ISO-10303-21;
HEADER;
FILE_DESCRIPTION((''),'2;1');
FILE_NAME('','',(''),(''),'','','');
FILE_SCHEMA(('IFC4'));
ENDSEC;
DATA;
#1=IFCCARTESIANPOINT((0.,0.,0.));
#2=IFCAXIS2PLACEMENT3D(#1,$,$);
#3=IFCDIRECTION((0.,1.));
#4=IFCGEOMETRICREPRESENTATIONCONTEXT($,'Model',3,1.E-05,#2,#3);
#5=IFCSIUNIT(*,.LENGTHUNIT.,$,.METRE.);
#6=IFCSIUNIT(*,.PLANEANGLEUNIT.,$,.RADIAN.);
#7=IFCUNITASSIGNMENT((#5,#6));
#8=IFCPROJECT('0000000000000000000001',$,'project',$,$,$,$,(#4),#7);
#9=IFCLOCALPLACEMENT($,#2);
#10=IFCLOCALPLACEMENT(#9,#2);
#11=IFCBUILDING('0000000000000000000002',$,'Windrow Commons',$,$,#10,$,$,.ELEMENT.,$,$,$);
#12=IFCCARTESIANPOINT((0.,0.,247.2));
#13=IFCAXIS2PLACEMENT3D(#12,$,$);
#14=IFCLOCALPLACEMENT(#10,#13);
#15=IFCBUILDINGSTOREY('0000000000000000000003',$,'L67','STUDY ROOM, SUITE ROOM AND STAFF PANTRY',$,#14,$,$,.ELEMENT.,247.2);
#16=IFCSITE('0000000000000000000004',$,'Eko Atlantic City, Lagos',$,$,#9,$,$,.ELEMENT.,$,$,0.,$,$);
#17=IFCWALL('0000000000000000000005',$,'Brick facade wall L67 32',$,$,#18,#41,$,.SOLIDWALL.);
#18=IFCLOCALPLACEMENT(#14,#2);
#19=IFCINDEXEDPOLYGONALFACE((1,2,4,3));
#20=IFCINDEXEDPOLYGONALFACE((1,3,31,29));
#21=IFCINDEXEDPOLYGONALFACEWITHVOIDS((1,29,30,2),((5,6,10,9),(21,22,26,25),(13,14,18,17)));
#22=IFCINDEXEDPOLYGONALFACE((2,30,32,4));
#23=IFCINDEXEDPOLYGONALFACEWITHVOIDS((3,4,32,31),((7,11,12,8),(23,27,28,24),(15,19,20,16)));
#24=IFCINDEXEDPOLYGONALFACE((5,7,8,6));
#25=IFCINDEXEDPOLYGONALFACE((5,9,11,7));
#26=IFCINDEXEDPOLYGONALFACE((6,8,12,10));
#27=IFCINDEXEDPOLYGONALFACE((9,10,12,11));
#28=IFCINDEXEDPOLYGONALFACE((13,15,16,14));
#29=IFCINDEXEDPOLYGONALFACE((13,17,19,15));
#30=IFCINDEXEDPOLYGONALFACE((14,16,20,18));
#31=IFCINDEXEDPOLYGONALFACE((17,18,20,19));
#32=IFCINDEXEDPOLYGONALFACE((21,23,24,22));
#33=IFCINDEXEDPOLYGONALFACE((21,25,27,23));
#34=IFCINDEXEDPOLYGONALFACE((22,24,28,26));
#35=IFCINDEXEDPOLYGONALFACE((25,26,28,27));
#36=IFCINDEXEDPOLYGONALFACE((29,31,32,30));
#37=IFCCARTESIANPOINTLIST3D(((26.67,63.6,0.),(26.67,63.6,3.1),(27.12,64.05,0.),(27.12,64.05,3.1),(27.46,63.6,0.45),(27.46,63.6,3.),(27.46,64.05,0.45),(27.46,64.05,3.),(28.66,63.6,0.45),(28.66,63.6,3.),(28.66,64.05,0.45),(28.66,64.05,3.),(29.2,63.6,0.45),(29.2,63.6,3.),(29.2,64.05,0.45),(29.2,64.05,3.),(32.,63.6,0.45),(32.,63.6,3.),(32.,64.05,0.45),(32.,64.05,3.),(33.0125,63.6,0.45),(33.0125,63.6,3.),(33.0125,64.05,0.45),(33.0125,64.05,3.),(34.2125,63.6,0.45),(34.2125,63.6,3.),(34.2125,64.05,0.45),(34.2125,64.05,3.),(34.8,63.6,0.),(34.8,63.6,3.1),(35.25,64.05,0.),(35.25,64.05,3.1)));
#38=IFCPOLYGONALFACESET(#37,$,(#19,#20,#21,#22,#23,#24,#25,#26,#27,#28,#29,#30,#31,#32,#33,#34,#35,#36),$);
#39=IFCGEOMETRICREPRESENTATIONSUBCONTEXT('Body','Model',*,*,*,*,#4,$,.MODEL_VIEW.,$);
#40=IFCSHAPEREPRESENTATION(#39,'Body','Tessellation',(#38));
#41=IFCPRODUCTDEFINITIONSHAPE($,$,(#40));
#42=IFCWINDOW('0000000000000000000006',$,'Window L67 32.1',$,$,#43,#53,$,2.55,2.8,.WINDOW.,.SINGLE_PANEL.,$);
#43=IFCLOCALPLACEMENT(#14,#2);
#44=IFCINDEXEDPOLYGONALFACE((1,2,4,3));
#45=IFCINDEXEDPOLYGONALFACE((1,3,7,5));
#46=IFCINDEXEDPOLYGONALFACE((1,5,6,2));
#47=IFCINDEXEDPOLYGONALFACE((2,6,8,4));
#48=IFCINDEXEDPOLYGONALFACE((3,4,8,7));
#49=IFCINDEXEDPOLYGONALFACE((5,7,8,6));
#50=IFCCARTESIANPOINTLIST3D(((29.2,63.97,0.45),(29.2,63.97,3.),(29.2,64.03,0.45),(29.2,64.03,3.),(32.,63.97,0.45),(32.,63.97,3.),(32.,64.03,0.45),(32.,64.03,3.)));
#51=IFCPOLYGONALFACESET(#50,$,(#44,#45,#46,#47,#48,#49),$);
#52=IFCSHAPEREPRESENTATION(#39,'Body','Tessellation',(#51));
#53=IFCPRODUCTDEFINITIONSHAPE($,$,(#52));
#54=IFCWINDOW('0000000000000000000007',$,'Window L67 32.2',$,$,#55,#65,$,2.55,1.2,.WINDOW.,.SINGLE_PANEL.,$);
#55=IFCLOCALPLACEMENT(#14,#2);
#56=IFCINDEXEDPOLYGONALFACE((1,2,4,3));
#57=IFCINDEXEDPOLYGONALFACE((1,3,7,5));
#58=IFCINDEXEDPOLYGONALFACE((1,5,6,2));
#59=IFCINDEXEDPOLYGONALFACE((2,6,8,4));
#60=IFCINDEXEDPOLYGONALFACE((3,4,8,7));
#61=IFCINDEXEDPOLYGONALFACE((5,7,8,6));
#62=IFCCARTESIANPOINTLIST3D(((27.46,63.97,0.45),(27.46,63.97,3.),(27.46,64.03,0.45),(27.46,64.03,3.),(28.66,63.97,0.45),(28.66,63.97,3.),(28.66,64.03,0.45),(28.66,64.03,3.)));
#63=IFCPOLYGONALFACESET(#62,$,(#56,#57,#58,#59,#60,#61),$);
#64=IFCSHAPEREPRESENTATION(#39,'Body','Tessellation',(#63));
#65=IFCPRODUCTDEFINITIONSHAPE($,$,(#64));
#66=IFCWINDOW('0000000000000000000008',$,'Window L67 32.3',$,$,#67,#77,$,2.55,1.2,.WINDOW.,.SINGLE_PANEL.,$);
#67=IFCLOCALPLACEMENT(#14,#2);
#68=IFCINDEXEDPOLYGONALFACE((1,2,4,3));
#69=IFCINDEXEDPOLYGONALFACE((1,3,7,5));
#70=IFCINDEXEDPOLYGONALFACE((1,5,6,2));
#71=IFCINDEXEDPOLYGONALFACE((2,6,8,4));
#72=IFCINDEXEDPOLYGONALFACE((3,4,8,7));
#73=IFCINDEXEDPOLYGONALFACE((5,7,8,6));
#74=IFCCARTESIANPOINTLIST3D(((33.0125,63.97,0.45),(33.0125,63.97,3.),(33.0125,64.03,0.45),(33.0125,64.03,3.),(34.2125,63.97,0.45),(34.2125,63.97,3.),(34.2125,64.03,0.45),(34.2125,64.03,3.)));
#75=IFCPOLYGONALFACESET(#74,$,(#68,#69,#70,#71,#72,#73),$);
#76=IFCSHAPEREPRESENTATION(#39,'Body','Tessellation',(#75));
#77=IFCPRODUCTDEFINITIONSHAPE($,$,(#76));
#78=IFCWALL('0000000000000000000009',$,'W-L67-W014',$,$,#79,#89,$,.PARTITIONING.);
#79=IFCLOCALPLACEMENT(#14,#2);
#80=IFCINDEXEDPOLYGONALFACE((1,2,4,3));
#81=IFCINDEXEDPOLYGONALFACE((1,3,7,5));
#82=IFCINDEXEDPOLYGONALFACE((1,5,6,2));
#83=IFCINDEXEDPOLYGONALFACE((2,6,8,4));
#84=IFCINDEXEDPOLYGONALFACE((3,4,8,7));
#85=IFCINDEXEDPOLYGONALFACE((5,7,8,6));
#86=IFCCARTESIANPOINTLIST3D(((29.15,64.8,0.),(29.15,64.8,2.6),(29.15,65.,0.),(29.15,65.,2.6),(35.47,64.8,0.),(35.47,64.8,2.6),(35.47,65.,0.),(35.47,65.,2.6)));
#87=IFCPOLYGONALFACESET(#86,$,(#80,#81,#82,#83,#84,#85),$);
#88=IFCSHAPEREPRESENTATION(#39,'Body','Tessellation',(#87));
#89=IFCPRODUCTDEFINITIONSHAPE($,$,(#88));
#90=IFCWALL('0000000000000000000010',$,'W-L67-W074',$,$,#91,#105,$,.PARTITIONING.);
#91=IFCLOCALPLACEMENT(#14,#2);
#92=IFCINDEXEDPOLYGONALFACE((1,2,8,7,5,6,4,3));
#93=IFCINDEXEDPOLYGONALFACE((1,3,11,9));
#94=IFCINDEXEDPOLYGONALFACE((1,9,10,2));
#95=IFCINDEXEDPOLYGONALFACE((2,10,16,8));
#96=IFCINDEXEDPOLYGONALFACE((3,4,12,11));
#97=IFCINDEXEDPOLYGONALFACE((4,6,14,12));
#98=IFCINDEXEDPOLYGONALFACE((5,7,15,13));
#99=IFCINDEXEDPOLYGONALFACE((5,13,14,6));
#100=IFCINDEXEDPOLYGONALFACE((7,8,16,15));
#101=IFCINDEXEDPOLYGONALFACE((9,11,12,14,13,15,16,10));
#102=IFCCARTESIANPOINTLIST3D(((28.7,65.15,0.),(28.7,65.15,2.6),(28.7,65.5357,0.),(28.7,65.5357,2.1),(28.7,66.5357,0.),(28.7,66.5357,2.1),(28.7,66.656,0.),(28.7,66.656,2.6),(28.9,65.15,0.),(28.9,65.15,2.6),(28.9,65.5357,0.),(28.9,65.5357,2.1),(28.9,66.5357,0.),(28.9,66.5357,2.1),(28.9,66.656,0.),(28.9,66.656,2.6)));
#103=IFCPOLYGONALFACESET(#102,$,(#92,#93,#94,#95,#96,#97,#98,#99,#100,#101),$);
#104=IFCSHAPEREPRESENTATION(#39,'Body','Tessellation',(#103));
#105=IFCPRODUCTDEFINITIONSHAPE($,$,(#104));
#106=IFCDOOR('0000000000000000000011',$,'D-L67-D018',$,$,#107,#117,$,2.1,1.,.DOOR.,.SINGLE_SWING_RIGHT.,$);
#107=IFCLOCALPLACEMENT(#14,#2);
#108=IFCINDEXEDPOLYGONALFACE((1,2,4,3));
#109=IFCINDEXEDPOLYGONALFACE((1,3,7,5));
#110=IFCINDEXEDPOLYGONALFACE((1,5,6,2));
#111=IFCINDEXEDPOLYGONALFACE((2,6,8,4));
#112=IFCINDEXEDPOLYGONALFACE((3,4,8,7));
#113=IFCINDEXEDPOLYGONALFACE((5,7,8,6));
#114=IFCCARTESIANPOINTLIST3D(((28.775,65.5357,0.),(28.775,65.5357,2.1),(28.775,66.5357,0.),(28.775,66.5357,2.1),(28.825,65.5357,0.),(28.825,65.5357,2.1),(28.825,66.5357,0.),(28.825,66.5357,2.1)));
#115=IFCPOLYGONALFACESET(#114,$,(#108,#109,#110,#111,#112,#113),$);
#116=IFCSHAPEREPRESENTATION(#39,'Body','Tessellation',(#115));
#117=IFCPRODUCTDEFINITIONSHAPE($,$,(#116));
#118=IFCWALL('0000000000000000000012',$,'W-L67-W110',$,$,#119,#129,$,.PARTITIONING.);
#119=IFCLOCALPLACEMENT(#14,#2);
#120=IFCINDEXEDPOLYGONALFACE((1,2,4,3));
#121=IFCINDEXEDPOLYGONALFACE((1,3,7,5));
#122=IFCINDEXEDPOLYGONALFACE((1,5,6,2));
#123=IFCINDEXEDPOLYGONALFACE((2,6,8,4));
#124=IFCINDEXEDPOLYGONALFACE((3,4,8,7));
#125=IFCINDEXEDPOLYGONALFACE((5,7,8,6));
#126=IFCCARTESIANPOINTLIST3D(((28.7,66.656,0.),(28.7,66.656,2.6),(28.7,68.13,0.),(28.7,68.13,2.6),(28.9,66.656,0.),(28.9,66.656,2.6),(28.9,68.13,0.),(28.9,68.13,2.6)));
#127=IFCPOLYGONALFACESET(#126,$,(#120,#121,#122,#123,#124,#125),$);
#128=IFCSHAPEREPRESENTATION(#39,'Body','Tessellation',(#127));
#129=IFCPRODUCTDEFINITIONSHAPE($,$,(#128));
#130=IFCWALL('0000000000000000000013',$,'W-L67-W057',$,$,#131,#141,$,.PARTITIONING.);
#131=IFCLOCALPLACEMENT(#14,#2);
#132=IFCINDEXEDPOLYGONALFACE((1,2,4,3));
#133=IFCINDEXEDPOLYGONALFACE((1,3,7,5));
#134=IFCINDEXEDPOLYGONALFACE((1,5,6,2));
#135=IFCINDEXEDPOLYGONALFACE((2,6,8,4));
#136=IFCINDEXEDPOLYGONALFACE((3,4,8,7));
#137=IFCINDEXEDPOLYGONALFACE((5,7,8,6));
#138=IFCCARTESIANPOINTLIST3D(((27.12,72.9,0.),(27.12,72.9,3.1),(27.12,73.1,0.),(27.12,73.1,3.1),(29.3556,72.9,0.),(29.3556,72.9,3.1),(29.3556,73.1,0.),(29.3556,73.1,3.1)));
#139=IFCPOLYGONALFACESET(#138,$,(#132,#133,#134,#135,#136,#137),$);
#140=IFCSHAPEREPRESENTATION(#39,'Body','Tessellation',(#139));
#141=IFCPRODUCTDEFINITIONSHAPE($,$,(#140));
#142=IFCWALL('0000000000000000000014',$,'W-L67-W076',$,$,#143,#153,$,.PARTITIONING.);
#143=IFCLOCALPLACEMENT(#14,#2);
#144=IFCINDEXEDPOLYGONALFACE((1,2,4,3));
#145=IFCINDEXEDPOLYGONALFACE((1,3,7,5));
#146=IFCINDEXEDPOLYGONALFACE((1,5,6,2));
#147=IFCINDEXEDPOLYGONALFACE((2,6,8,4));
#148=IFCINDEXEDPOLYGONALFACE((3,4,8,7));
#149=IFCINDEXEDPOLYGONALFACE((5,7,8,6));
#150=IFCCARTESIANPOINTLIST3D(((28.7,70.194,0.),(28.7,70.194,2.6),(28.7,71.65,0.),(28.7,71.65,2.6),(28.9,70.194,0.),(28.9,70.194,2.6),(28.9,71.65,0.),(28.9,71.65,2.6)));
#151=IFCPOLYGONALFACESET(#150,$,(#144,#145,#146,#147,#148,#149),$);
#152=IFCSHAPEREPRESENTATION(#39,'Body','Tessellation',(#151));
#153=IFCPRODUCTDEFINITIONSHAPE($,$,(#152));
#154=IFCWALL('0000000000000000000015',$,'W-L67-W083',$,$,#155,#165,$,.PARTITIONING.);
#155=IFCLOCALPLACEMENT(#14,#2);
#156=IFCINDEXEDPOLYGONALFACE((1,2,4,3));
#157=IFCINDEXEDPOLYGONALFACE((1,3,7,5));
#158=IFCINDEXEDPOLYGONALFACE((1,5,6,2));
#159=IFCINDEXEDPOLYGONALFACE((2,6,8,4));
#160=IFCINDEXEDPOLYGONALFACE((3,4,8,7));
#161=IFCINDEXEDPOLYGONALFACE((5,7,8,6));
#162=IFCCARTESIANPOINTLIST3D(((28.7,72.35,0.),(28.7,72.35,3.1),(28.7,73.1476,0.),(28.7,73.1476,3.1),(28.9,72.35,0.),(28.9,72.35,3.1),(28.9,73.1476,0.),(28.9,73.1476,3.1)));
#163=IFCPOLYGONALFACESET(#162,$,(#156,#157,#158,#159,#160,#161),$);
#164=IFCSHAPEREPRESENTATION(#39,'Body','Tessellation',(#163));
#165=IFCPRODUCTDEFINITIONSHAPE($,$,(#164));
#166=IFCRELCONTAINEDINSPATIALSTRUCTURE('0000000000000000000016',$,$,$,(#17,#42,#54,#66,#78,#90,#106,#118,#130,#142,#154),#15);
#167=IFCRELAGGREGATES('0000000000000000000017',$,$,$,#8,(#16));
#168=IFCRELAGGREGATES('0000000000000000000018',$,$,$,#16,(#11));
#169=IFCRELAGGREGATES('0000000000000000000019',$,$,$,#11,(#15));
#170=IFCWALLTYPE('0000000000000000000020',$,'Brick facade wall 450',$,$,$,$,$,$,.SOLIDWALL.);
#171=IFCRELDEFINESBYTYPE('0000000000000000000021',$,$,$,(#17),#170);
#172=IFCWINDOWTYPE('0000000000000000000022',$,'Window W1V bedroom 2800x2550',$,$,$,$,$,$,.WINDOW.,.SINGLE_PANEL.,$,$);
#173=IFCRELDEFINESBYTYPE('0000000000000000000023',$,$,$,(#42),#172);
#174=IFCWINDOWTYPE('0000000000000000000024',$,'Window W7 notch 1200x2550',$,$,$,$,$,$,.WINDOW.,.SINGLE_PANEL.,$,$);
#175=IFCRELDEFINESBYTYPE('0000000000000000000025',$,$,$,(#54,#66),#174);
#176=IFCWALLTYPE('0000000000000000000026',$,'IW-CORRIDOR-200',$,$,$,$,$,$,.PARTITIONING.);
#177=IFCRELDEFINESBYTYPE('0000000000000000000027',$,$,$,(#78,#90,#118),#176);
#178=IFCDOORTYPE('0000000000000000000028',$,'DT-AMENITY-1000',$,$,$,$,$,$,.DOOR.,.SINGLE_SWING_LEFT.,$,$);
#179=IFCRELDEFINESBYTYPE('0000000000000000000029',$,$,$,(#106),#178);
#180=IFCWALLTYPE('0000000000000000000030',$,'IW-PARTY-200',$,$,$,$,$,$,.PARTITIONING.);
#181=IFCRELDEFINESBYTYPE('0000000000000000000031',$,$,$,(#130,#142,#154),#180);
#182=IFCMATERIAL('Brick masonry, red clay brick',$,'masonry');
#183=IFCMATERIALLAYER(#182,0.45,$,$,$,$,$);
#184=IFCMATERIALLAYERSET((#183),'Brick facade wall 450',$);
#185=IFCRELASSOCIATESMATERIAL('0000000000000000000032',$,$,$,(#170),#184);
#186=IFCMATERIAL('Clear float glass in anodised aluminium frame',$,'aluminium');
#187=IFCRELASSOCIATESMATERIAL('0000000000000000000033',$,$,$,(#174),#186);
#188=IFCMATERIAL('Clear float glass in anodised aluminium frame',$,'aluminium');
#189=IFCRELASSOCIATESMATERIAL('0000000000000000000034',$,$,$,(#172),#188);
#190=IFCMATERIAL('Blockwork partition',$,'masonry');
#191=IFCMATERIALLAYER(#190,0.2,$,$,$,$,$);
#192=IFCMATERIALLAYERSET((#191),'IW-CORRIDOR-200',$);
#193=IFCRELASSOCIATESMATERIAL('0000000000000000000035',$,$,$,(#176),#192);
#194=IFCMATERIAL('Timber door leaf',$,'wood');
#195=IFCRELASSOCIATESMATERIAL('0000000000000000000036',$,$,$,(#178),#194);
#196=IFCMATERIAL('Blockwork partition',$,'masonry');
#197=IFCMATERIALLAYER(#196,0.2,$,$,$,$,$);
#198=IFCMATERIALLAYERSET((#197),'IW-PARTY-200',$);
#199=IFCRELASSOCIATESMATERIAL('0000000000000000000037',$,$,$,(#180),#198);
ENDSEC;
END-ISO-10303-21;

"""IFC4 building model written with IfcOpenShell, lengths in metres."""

from ifc_helpers import new_model, si_unit, direction, frame, frame_2d, origin, place, context, subcontext, project, spatial, polyline, rectangle, outline, extrude, material, layer, layer_set, type_object, element, fill, save


model = new_model("IFC4")

# Units and contexts
model_context = context("Model", 3, precision=1e-05, world=origin(), true_north=direction((0.0, 1.0)))
body_context = subcontext(model_context, "Body", "Model", "MODEL_VIEW")
ifc_project = project(units=[si_unit("LENGTHUNIT", "METRE"), si_unit("PLANEANGLEUNIT", "RADIAN")], contexts=[model_context])

# Site, building, storey
site_placement = place(None, origin())
site = spatial("IfcSite", under=ifc_project, at=site_placement, Name="Eko Atlantic City, Lagos", CompositionType="ELEMENT", RefElevation=0.0)
building_placement = place(site_placement, origin())
building = spatial("IfcBuilding", under=site, at=building_placement, Name="Windrow Commons", CompositionType="ELEMENT")
storey_placement = place(building_placement, frame((0.0, 0.0, 247.2)))
storey = spatial("IfcBuildingStorey", under=building, at=storey_placement, Name="L67", Description="STUDY ROOM, SUITE ROOM AND STAFF PANTRY", CompositionType="ELEMENT", Elevation=247.2)

# Wall, openings, windows
ifc_material_1 = material(Name="Brick masonry, red clay brick", Category="masonry")
ifc_layer_1 = layer(ifc_material_1, 0.45)
ifc_layer_set_1 = layer_set([ifc_layer_1], Name="Brick facade wall 450")
wall_type_1 = type_object("IfcWallType", Name="Brick facade wall 450", PredefinedType="SOLIDWALL", material=ifc_layer_set_1)
ifc_material_2 = material(Name="Clear float glass in anodised aluminium frame", Category="aluminium")
window_type_1 = type_object("IfcWindowType", Name="Window W7 notch 1200x2550", PartitioningType="SINGLE_PANEL", PredefinedType="WINDOW", material=ifc_material_2)
ifc_material_3 = material(Name="Clear float glass in anodised aluminium frame", Category="aluminium")
window_type_2 = type_object("IfcWindowType", Name="Window W1V bedroom 2800x2550", PartitioningType="SINGLE_PANEL", PredefinedType="WINDOW", material=ifc_material_3)
wall_1_placement = place(storey_placement, frame((26.895, 63.825, 0.0), z_axis=(0.0, 0.0, 1.0), x_axis=(1.0, 0.0, 0.0)))
wall_1 = element("IfcWall", 1, at=wall_1_placement, inside=storey, type_object=wall_type_1, Name="Brick facade wall L67 32", PredefinedType="SOLIDWALL", context=body_context, shape_type="SweptSolid", body=[
    extrude(outline(polyline([(-0.225, -0.225), (7.905, -0.225), (8.355, 0.225), (0.225, 0.225), (-0.225, -0.225)])), origin(), (0.0, 0.0, 1.0), 3.1),
])
opening_1_placement = place(wall_1_placement, frame((2.305, 0.0, 0.45)))
opening_1 = element("IfcOpeningElement", 2, at=opening_1_placement, cuts=wall_1, PredefinedType="OPENING", context=body_context, shape_type="SweptSolid", body=[
    extrude(rectangle(XDim=2.8, YDim=2.55, at=frame_2d((1.4, 1.275))), frame((0.0, 0.235, 0.0), z_axis=(0.0, -1.0, 0.0), x_axis=(1.0, 0.0, 0.0)), (0.0, 0.0, 1.0), 0.47),
])
opening_2_placement = place(wall_1_placement, frame((0.565, 0.0, 0.45)))
opening_2 = element("IfcOpeningElement", 3, at=opening_2_placement, cuts=wall_1, PredefinedType="OPENING", context=body_context, shape_type="SweptSolid", body=[
    extrude(rectangle(XDim=1.2, YDim=2.55, at=frame_2d((0.6, 1.275))), frame((0.0, 0.235, 0.0), z_axis=(0.0, -1.0, 0.0), x_axis=(1.0, 0.0, 0.0)), (0.0, 0.0, 1.0), 0.47),
])
opening_3_placement = place(wall_1_placement, frame((6.1175, 0.0, 0.45)))
opening_3 = element("IfcOpeningElement", 4, at=opening_3_placement, cuts=wall_1, PredefinedType="OPENING", context=body_context, shape_type="SweptSolid", body=[
    extrude(rectangle(XDim=1.2, YDim=2.55, at=frame_2d((0.6, 1.275))), frame((0.0, 0.235, 0.0), z_axis=(0.0, -1.0, 0.0), x_axis=(1.0, 0.0, 0.0)), (0.0, 0.0, 1.0), 0.47),
])
window_1_placement = place(opening_1_placement, origin())
window_1 = element("IfcWindow", 5, at=window_1_placement, inside=storey, type_object=window_type_2, Name="Window L67 32.1", OverallHeight=2.55, OverallWidth=2.8, PartitioningType="SINGLE_PANEL", PredefinedType="WINDOW", context=body_context, shape_type="SweptSolid", body=[
    extrude(rectangle(XDim=2.8, YDim=2.55, at=frame_2d((1.4, 1.275))), frame((0.0, 0.205, 0.0), z_axis=(0.0, -1.0, 0.0), x_axis=(1.0, 0.0, 0.0)), (0.0, 0.0, 1.0), 0.06),
])
fill(opening_1, window_1)
window_2_placement = place(opening_2_placement, origin())
window_2 = element("IfcWindow", 6, at=window_2_placement, inside=storey, type_object=window_type_1, Name="Window L67 32.2", OverallHeight=2.55, OverallWidth=1.2, PartitioningType="SINGLE_PANEL", PredefinedType="WINDOW", context=body_context, shape_type="SweptSolid", body=[
    extrude(rectangle(XDim=1.2, YDim=2.55, at=frame_2d((0.6, 1.275))), frame((0.0, 0.205, 0.0), z_axis=(0.0, -1.0, 0.0), x_axis=(1.0, 0.0, 0.0)), (0.0, 0.0, 1.0), 0.06),
])
fill(opening_2, window_2)
window_3_placement = place(opening_3_placement, origin())
window_3 = element("IfcWindow", 7, at=window_3_placement, inside=storey, type_object=window_type_1, Name="Window L67 32.3", OverallHeight=2.55, OverallWidth=1.2, PartitioningType="SINGLE_PANEL", PredefinedType="WINDOW", context=body_context, shape_type="SweptSolid", body=[
    extrude(rectangle(XDim=1.2, YDim=2.55, at=frame_2d((0.6, 1.275))), frame((0.0, 0.205, 0.0), z_axis=(0.0, -1.0, 0.0), x_axis=(1.0, 0.0, 0.0)), (0.0, 0.0, 1.0), 0.06),
])
fill(opening_3, window_3)

# Wall
ifc_material_4 = material(Name="Blockwork partition", Category="masonry")
ifc_layer_2 = layer(ifc_material_4, 0.2)
ifc_layer_set_2 = layer_set([ifc_layer_2], Name="IW-CORRIDOR-200")
wall_type_2 = type_object("IfcWallType", Name="IW-CORRIDOR-200", PredefinedType="PARTITIONING", material=ifc_layer_set_2)
wall_2_placement = place(storey_placement, frame((29.15, 64.9, 0.0), z_axis=(0.0, 0.0, 1.0), x_axis=(1.0, 0.0, 0.0)))
element("IfcWall", 8, at=wall_2_placement, inside=storey, type_object=wall_type_2, Name="W-L67-W014", PredefinedType="PARTITIONING", context=body_context, shape_type="SweptSolid", body=[
    extrude(rectangle(XDim=6.32, YDim=0.2, at=frame_2d((3.16, 0.0))), origin(), (0.0, 0.0, 1.0), 2.6),
])

# Wall, opening, door
wall_3_placement = place(storey_placement, frame((28.8, 65.15, 0.0), z_axis=(0.0, 0.0, 1.0), x_axis=(0.0, 1.0, 0.0)))
wall_3 = element("IfcWall", 9, at=wall_3_placement, inside=storey, type_object=wall_type_2, Name="W-L67-W074", PredefinedType="PARTITIONING", context=body_context, shape_type="SweptSolid", body=[
    extrude(rectangle(XDim=1.506, YDim=0.2, at=frame_2d((0.753, 0.0))), origin(), (0.0, 0.0, 1.0), 2.6),
])
opening_4_placement = place(wall_3_placement, frame((0.3857, 0.0, 0.0)))
opening_4 = element("IfcOpeningElement", 10, at=opening_4_placement, cuts=wall_3, PredefinedType="OPENING", context=body_context, shape_type="SweptSolid", body=[
    extrude(rectangle(XDim=1.0, YDim=2.1, at=frame_2d((0.5, 1.05))), frame((0.0, 0.11, 0.0), z_axis=(0.0, -1.0, 0.0), x_axis=(1.0, 0.0, 0.0)), (0.0, 0.0, 1.0), 0.22),
])
ifc_material_5 = material(Name="Timber door leaf", Category="wood")
door_type_1 = type_object("IfcDoorType", Name="DT-AMENITY-1000", OperationType="SINGLE_SWING_LEFT", PredefinedType="DOOR", material=ifc_material_5)
door_1_placement = place(opening_4_placement, origin())
door_1 = element("IfcDoor", 11, at=door_1_placement, inside=storey, type_object=door_type_1, Name="D-L67-D018", OperationType="SINGLE_SWING_RIGHT", OverallHeight=2.1, OverallWidth=1.0, PredefinedType="DOOR", context=body_context, shape_type="SweptSolid", body=[
    extrude(rectangle(XDim=1.0, YDim=2.1, at=frame_2d((0.5, 1.05))), frame((0.0, 0.025, 0.0), z_axis=(0.0, -1.0, 0.0), x_axis=(1.0, 0.0, 0.0)), (0.0, 0.0, 1.0), 0.05),
])
fill(opening_4, door_1)

# Walls
wall_4_placement = place(storey_placement, frame((28.8, 68.13, 0.0), z_axis=(0.0, 0.0, 1.0), x_axis=(0.0, -1.0, 0.0)))
element("IfcWall", 12, at=wall_4_placement, inside=storey, type_object=wall_type_2, Name="W-L67-W110", PredefinedType="PARTITIONING", context=body_context, shape_type="SweptSolid", body=[
    extrude(rectangle(XDim=1.474, YDim=0.2, at=frame_2d((0.737, 0.0))), origin(), (0.0, 0.0, 1.0), 2.6),
])
ifc_material_6 = material(Name="Blockwork partition", Category="masonry")
ifc_layer_3 = layer(ifc_material_6, 0.2)
ifc_layer_set_3 = layer_set([ifc_layer_3], Name="IW-PARTY-200")
wall_type_3 = type_object("IfcWallType", Name="IW-PARTY-200", PredefinedType="PARTITIONING", material=ifc_layer_set_3)
wall_5_placement = place(storey_placement, frame((27.12, 73.0, 0.0), z_axis=(0.0, 0.0, 1.0), x_axis=(1.0, 0.0, 0.0)))
element("IfcWall", 13, at=wall_5_placement, inside=storey, type_object=wall_type_3, Name="W-L67-W057", PredefinedType="PARTITIONING", context=body_context, shape_type="SweptSolid", body=[
    extrude(rectangle(XDim=2.2355, YDim=0.2, at=frame_2d((1.1178, 0.0))), origin(), (0.0, 0.0, 1.0), 3.1),
])
wall_6_placement = place(storey_placement, frame((28.8, 70.194, 0.0), z_axis=(0.0, 0.0, 1.0), x_axis=(0.0, 1.0, 0.0)))
element("IfcWall", 14, at=wall_6_placement, inside=storey, type_object=wall_type_3, Name="W-L67-W076", PredefinedType="PARTITIONING", context=body_context, shape_type="SweptSolid", body=[
    extrude(rectangle(XDim=1.456, YDim=0.2, at=frame_2d((0.728, 0.0))), origin(), (0.0, 0.0, 1.0), 2.6),
])
wall_7_placement = place(storey_placement, frame((28.8, 72.35, 0.0), z_axis=(0.0, 0.0, 1.0), x_axis=(0.0, 1.0, 0.0)))
element("IfcWall", 15, at=wall_7_placement, inside=storey, type_object=wall_type_3, Name="W-L67-W083", PredefinedType="PARTITIONING", context=body_context, shape_type="SweptSolid", body=[
    extrude(rectangle(XDim=0.7976, YDim=0.2, at=frame_2d((0.3988, 0.0))), origin(), (0.0, 0.0, 1.0), 3.1),
])

save(model, "model.ifc")
